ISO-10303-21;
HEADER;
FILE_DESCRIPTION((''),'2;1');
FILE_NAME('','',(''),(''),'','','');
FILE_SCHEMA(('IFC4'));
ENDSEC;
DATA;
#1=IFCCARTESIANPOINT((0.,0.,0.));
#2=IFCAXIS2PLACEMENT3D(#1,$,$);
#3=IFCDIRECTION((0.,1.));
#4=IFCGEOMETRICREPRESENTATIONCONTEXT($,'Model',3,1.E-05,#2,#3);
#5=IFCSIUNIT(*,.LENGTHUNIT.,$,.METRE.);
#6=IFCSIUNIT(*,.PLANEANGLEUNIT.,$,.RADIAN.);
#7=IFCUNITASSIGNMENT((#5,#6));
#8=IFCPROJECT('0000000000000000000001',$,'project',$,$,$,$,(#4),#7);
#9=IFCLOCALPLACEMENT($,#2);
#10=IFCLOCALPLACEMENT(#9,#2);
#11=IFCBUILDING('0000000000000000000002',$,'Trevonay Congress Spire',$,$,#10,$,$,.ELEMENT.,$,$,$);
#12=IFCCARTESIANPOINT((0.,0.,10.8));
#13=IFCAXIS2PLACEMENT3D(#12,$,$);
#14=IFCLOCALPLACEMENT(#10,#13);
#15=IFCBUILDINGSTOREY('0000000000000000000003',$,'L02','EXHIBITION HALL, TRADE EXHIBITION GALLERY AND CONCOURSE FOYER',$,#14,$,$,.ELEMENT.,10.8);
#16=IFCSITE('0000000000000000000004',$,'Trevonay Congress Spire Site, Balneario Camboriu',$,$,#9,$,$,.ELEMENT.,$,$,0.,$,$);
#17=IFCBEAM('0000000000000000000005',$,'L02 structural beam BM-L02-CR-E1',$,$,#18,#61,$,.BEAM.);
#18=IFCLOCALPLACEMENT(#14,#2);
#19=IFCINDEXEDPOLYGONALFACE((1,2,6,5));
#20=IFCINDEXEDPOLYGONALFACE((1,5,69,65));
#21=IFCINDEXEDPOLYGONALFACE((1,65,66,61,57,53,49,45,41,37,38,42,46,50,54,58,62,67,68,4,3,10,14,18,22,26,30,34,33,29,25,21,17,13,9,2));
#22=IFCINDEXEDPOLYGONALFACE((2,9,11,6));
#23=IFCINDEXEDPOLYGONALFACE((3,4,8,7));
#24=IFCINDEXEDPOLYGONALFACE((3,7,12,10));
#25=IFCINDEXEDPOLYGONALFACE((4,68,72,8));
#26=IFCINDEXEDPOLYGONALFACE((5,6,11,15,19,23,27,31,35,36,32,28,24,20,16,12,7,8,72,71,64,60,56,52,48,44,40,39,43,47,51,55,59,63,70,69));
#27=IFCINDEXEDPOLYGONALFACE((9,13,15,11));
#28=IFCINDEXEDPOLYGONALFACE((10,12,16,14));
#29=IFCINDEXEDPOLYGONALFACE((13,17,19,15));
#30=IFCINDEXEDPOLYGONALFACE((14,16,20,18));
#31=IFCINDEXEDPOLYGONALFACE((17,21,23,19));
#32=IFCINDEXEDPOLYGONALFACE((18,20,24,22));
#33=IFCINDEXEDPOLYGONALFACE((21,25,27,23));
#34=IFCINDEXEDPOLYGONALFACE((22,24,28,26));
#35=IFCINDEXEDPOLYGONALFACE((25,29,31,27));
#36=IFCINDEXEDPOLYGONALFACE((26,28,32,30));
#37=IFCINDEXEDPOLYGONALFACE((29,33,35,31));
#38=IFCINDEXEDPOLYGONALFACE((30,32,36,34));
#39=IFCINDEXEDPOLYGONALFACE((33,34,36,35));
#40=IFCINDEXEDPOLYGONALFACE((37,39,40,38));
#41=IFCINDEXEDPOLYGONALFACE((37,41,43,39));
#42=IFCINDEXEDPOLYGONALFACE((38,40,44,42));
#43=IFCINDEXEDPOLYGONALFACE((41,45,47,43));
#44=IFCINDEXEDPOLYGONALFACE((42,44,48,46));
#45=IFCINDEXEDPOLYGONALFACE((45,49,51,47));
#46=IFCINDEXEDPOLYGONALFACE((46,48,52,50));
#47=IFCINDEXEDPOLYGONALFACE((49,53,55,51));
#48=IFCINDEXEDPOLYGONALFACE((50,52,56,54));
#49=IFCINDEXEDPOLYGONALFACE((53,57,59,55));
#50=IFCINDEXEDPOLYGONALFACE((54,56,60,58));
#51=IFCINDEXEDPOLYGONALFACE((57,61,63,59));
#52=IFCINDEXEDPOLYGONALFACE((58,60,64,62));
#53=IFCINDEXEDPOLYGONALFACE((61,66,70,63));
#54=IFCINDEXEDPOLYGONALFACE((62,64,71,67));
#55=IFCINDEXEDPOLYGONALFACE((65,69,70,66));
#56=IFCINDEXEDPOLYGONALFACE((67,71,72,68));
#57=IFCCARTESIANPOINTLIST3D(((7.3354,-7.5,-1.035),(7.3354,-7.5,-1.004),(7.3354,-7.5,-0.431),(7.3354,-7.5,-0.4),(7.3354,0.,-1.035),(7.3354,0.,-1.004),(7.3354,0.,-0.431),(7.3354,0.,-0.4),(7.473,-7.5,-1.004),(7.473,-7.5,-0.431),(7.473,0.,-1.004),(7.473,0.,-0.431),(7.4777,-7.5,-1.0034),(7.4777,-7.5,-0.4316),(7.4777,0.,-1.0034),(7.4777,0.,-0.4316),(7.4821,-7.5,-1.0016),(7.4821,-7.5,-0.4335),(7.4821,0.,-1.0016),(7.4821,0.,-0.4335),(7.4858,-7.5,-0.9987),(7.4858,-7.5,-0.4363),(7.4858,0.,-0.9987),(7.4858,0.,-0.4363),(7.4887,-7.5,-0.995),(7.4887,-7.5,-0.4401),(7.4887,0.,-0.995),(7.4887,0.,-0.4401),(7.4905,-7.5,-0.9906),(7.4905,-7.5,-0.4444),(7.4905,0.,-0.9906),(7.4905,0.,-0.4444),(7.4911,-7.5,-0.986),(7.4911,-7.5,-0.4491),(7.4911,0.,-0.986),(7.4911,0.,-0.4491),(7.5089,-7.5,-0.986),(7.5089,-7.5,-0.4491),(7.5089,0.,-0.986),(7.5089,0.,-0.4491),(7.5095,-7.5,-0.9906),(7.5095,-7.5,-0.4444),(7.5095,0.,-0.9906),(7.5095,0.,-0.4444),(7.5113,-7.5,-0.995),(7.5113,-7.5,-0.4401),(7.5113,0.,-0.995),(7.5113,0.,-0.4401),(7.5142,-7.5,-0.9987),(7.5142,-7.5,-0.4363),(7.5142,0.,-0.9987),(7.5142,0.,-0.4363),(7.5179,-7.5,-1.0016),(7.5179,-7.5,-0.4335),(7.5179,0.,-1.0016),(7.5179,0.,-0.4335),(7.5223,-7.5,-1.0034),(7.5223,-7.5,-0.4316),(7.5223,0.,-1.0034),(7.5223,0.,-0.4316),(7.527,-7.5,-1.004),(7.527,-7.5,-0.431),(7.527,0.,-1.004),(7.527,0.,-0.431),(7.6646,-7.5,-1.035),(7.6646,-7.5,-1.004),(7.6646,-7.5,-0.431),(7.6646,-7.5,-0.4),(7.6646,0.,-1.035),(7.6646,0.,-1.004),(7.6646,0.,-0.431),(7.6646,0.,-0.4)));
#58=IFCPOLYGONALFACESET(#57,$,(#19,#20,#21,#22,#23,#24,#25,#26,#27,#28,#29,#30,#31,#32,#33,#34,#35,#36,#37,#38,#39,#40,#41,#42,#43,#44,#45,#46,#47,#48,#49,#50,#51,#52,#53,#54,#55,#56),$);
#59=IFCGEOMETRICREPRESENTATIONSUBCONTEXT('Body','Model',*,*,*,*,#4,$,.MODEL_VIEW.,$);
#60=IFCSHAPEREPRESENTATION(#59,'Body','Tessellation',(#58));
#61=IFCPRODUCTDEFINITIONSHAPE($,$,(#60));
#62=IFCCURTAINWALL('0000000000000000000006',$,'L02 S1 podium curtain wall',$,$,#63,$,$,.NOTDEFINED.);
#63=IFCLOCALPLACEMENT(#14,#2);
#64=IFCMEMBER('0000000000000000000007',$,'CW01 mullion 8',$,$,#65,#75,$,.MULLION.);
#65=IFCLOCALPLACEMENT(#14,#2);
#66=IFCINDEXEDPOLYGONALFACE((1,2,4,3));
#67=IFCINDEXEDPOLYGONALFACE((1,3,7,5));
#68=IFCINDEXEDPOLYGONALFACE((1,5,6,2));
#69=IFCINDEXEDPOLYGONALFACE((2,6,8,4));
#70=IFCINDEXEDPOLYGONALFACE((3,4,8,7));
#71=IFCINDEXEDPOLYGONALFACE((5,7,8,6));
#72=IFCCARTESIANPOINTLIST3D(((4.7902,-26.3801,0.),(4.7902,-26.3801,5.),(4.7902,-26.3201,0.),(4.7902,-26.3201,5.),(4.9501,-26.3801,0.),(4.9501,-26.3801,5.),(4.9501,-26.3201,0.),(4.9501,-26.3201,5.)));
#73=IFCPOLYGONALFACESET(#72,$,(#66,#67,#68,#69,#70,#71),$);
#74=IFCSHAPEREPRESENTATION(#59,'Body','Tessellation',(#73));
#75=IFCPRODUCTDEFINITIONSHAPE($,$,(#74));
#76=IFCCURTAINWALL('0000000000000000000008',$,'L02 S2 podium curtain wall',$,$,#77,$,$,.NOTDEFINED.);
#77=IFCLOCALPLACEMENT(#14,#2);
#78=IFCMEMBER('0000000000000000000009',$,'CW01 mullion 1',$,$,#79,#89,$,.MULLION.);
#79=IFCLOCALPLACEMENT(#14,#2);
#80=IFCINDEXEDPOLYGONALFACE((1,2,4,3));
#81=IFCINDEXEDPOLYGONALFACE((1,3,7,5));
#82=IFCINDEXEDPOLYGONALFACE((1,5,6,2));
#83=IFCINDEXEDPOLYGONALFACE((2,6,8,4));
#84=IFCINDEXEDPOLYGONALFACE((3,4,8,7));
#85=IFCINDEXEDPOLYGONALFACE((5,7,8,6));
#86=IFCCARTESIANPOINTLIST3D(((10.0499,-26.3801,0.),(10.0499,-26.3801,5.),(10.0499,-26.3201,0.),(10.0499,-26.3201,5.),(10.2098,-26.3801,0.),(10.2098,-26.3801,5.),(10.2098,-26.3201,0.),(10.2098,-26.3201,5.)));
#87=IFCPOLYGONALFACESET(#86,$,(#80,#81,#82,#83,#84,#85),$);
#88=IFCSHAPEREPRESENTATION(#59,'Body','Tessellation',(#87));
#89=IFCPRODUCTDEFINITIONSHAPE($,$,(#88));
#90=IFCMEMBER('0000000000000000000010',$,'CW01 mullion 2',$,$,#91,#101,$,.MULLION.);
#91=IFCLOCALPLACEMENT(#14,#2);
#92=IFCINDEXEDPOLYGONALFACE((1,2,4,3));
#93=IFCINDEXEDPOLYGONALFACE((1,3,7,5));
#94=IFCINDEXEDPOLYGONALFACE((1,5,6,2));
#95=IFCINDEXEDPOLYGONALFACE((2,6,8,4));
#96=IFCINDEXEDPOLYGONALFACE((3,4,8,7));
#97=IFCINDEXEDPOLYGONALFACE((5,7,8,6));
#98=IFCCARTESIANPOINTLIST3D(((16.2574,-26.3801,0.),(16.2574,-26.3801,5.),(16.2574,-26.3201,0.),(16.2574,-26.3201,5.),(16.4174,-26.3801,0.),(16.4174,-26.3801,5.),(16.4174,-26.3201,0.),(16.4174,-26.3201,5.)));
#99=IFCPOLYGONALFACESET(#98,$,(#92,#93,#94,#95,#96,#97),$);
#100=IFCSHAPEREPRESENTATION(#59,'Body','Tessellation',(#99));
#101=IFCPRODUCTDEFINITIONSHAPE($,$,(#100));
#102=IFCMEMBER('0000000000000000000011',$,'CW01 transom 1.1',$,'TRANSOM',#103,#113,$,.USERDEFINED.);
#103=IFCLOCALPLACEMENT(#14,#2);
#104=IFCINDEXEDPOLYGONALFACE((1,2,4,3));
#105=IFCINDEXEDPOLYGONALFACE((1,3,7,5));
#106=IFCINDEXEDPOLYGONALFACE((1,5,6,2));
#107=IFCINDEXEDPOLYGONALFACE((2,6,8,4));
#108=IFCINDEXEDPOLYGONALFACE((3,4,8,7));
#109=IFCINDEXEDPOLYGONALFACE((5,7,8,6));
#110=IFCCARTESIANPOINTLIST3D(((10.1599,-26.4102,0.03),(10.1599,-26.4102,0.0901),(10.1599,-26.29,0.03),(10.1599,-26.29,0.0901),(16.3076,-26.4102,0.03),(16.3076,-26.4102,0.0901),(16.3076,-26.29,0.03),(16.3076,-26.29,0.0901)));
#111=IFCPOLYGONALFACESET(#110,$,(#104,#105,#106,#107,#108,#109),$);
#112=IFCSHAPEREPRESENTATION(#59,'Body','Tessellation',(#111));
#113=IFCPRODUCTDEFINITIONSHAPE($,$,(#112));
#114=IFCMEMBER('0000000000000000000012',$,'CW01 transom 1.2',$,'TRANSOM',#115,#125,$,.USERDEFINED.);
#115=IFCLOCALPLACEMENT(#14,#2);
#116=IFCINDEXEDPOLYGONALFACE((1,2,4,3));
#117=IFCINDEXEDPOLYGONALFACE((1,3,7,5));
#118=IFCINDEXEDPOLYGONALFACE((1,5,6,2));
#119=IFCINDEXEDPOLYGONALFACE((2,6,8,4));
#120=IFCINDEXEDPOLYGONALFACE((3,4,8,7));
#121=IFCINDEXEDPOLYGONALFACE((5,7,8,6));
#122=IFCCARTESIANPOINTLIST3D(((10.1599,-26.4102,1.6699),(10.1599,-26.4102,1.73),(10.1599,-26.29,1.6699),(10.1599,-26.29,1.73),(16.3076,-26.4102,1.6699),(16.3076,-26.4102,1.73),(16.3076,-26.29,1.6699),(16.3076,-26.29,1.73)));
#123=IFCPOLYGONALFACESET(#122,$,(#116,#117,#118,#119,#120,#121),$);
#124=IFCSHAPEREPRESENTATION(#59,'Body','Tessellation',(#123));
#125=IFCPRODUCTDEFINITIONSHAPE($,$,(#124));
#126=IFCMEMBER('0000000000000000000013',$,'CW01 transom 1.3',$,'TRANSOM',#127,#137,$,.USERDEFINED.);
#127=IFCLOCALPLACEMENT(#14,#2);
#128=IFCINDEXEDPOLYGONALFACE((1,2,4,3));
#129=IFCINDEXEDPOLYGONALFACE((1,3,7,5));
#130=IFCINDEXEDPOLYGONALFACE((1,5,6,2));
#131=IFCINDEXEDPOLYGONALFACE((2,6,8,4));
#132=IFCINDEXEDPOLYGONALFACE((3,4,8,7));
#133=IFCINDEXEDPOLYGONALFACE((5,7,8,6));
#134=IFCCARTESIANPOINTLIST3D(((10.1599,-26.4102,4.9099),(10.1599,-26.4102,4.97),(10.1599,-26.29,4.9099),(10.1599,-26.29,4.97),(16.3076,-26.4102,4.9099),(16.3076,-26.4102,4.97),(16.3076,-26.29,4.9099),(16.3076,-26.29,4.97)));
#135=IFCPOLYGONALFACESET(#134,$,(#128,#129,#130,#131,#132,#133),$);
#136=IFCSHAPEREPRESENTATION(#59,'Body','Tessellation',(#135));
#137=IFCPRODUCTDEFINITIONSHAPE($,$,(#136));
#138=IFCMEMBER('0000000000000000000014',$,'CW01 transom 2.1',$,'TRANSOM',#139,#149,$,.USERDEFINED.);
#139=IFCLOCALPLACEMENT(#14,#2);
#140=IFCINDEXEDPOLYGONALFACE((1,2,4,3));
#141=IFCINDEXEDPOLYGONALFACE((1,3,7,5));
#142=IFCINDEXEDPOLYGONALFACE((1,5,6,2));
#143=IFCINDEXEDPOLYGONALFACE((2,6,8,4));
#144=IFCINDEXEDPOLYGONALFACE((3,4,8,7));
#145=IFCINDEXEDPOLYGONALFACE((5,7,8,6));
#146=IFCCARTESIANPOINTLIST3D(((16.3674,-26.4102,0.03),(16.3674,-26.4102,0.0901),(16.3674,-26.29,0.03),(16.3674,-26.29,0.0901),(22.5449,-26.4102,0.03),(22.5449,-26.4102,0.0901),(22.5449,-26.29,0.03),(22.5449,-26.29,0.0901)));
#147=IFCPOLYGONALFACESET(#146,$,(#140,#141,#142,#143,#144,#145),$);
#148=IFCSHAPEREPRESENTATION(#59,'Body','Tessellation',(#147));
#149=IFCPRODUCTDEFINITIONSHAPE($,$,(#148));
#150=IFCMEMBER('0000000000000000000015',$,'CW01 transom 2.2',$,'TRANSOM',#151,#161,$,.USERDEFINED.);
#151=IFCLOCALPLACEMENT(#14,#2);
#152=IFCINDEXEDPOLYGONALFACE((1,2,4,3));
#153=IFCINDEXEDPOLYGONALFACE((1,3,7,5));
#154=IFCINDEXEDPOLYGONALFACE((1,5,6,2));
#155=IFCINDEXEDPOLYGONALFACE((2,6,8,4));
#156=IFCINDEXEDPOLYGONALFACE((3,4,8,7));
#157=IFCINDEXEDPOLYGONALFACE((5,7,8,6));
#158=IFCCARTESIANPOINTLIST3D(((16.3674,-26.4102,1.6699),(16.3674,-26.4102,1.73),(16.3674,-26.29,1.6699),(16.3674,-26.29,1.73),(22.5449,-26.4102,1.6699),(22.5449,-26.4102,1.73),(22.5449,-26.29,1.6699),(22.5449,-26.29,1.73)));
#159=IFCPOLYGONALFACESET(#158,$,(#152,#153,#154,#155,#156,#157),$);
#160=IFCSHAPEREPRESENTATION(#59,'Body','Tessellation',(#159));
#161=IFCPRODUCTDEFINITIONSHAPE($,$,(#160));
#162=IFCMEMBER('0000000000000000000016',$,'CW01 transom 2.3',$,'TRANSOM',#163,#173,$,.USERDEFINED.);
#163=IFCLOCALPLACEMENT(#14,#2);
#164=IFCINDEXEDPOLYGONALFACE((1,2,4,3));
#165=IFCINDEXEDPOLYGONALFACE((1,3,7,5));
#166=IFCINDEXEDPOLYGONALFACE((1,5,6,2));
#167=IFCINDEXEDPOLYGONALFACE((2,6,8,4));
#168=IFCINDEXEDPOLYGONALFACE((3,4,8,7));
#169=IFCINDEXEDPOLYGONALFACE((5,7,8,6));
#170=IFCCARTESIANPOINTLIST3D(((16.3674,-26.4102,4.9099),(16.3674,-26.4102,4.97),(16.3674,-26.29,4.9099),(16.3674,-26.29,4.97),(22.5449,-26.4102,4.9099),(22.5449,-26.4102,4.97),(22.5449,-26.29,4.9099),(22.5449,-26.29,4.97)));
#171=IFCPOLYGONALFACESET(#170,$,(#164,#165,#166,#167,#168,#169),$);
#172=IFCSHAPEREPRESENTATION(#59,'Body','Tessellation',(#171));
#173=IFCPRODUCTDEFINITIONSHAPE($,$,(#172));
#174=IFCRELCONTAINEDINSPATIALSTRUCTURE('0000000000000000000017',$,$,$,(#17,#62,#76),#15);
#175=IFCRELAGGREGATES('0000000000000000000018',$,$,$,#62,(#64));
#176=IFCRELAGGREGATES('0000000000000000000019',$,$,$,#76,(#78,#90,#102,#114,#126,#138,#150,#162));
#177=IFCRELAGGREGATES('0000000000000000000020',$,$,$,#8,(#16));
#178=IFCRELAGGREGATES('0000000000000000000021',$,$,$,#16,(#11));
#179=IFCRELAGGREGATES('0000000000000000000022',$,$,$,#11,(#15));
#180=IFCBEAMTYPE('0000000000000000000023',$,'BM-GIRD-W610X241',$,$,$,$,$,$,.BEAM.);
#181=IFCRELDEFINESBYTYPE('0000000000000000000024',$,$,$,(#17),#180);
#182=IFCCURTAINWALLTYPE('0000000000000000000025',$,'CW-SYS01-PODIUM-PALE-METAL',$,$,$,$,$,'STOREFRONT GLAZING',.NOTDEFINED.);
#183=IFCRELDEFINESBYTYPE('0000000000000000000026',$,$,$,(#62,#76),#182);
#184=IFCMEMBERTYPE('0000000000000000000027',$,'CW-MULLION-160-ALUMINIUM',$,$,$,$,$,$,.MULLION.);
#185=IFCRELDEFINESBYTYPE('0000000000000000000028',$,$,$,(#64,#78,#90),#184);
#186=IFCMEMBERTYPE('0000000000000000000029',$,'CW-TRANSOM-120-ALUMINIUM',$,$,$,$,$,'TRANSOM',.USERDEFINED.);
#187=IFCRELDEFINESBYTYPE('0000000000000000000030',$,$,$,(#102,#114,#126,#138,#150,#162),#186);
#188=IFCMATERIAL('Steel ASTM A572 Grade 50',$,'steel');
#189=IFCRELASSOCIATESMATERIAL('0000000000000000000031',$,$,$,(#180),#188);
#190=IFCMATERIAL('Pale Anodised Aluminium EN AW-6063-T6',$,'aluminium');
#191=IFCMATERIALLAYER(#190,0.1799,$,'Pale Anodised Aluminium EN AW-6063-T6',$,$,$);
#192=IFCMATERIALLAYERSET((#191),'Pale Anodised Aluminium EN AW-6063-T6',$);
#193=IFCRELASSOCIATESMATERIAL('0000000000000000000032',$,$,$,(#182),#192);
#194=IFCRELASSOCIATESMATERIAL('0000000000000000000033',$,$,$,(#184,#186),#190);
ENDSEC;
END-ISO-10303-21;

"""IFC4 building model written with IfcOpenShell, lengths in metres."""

from ifc_helpers import new_model, si_unit, direction, frame, origin, origin_2d, place, context, subcontext, project, spatial, rectangle, i_section, extrude, material, layer, layer_set, material_profile, profile_set, type_object, element, aggregate, save


model = new_model("IFC4")

# Units and contexts
model_context = context("Model", 3, precision=1e-05, world=origin(), true_north=direction((0.0, 1.0)))
body_context = subcontext(model_context, "Body", "Model", "MODEL_VIEW")
ifc_project = project(units=[si_unit("LENGTHUNIT", "METRE"), si_unit("PLANEANGLEUNIT", "RADIAN")], contexts=[model_context])

# Site, building, storey
site_placement = place(None, origin())
site = spatial("IfcSite", under=ifc_project, at=site_placement, Name="Trevonay Congress Spire Site, Balneario Camboriu", CompositionType="ELEMENT", RefElevation=0.0)
building_placement = place(site_placement, origin())
building = spatial("IfcBuilding", under=site, at=building_placement, Name="Trevonay Congress Spire", CompositionType="ELEMENT")
storey_placement = place(building_placement, frame((0.0, 0.0, 10.8)))
storey = spatial("IfcBuildingStorey", under=building, at=storey_placement, Name="L02", Description="EXHIBITION HALL, TRADE EXHIBITION GALLERY AND CONCOURSE FOYER", CompositionType="ELEMENT", Elevation=10.8)

# Shared definitions
ifc_material_1 = material(Name="Steel ASTM A572 Grade 50", Category="steel")

# Beam
ifc_material_profile_1 = material_profile(ifc_material_1, i_section(OverallWidth=0.3291, OverallDepth=0.635, WebThickness=0.0178, FlangeThickness=0.031, FilletRadius=0.0181, at=origin_2d()), Name="W610x241")
ifc_profile_set_1 = profile_set([ifc_material_profile_1], Name="Steel ASTM A572 Grade 50")
beam_type_1 = type_object("IfcBeamType", Name="BM-GIRD-W610X241", PredefinedType="BEAM", material=ifc_profile_set_1)
beam_1_placement = place(storey_placement, frame((7.5, -7.5, -0.7175), z_axis=(0.0, 1.0, 0.0), x_axis=(-1.0, 0.0, 0.0)))
element("IfcBeam", 1, at=beam_1_placement, inside=storey, type_object=beam_type_1, Name="L02 structural beam BM-L02-CR-E1", PredefinedType="BEAM", context=body_context, shape_type="SweptSolid", body=[
    extrude(i_section(OverallWidth=0.3291, OverallDepth=0.635, WebThickness=0.0178, FlangeThickness=0.031, FilletRadius=0.0181, at=origin_2d()), origin(), (0.0, 0.0, 1.0), 7.5),
])

# Curtain wall, member
ifc_material_2 = material(Name="Pale Anodised Aluminium EN AW-6063-T6", Category="aluminium")
ifc_layer_1 = layer(ifc_material_2, 0.1799, Name="Pale Anodised Aluminium EN AW-6063-T6")
ifc_layer_set_1 = layer_set([ifc_layer_1], Name="Pale Anodised Aluminium EN AW-6063-T6")
curtain_wall_type = type_object("IfcCurtainWallType", Name="CW-SYS01-PODIUM-PALE-METAL", ElementType="STOREFRONT GLAZING", PredefinedType="NOTDEFINED", material=ifc_layer_set_1)
curtain_wall_1_placement = place(storey_placement, origin())
curtain_wall_1 = element("IfcCurtainWall", 2, at=curtain_wall_1_placement, inside=storey, type_object=curtain_wall_type, Name="L02 S1 podium curtain wall", PredefinedType="NOTDEFINED")
ifc_material_profile_2 = material_profile(ifc_material_2, rectangle(XDim=0.0601, YDim=0.1599, at=origin_2d()), Name="CW-MULLION-160-ALUMINIUM")
ifc_profile_set_2 = profile_set([ifc_material_profile_2], Name="Pale Anodised Aluminium EN AW-6063-T6")
member_type_1 = type_object("IfcMemberType", Name="CW-MULLION-160-ALUMINIUM", PredefinedType="MULLION", material=ifc_profile_set_2)
member_1_placement = place(storey_placement, frame((4.8701, -26.3501, 0.0), z_axis=(0.0, 0.0, 1.0), x_axis=(0.0, 1.0, 0.0)))
member_1 = element("IfcMember", 3, at=member_1_placement, type_object=member_type_1, Name="CW01 mullion 8", PredefinedType="MULLION", context=body_context, shape_type="SweptSolid", body=[
    extrude(rectangle(XDim=0.0601, YDim=0.1599, at=origin_2d()), origin(), (0.0, 0.0, 1.0), 5.0),
])

# Curtain wall, members
curtain_wall_2_placement = place(storey_placement, origin())
curtain_wall_2 = element("IfcCurtainWall", 4, at=curtain_wall_2_placement, inside=storey, type_object=curtain_wall_type, Name="L02 S2 podium curtain wall", PredefinedType="NOTDEFINED")
member_2_placement = place(storey_placement, frame((10.1299, -26.3501, 0.0), z_axis=(0.0, 0.0, 1.0), x_axis=(0.0, 1.0, 0.0)))
member_2 = element("IfcMember", 5, at=member_2_placement, type_object=member_type_1, Name="CW01 mullion 1", PredefinedType="MULLION", context=body_context, shape_type="SweptSolid", body=[
    extrude(rectangle(XDim=0.0601, YDim=0.1599, at=origin_2d()), origin(), (0.0, 0.0, 1.0), 5.0),
])
member_3_placement = place(storey_placement, frame((16.3374, -26.3501, 0.0), z_axis=(0.0, 0.0, 1.0), x_axis=(0.0, 1.0, 0.0)))
member_3 = element("IfcMember", 6, at=member_3_placement, type_object=member_type_1, Name="CW01 mullion 2", PredefinedType="MULLION", context=body_context, shape_type="SweptSolid", body=[
    extrude(rectangle(XDim=0.0601, YDim=0.1599, at=origin_2d()), origin(), (0.0, 0.0, 1.0), 5.0),
])
ifc_material_profile_3 = material_profile(ifc_material_2, rectangle(XDim=0.1201, YDim=0.0601, at=origin_2d()), Name="CW-TRANSOM-120-ALUMINIUM")
ifc_profile_set_3 = profile_set([ifc_material_profile_3], Name="Pale Anodised Aluminium EN AW-6063-T6")
member_type_2 = type_object("IfcMemberType", Name="CW-TRANSOM-120-ALUMINIUM", ElementType="TRANSOM", PredefinedType="USERDEFINED", material=ifc_profile_set_3)
member_4_placement = place(storey_placement, frame((10.1599, -26.3501, 0.0601), z_axis=(1.0, 0.0, 0.0), x_axis=(0.0, 1.0, 0.0)))
member_4 = element("IfcMember", 7, at=member_4_placement, type_object=member_type_2, Name="CW01 transom 1.1", ObjectType="TRANSOM", PredefinedType="USERDEFINED", context=body_context, shape_type="SweptSolid", body=[
    extrude(rectangle(XDim=0.1201, YDim=0.0601, at=origin_2d()), origin(), (0.0, 0.0, 1.0), 6.1477),
])
member_5_placement = place(storey_placement, frame((10.1599, -26.3501, 1.7), z_axis=(1.0, 0.0, 0.0), x_axis=(0.0, 1.0, 0.0)))
member_5 = element("IfcMember", 8, at=member_5_placement, type_object=member_type_2, Name="CW01 transom 1.2", ObjectType="TRANSOM", PredefinedType="USERDEFINED", context=body_context, shape_type="SweptSolid", body=[
    extrude(rectangle(XDim=0.1201, YDim=0.0601, at=origin_2d()), origin(), (0.0, 0.0, 1.0), 6.1477),
])
member_6_placement = place(storey_placement, frame((10.1599, -26.3501, 4.9399), z_axis=(1.0, 0.0, 0.0), x_axis=(0.0, 1.0, 0.0)))
member_6 = element("IfcMember", 9, at=member_6_placement, type_object=member_type_2, Name="CW01 transom 1.3", ObjectType="TRANSOM", PredefinedType="USERDEFINED", context=body_context, shape_type="SweptSolid", body=[
    extrude(rectangle(XDim=0.1201, YDim=0.0601, at=origin_2d()), origin(), (0.0, 0.0, 1.0), 6.1477),
])
member_7_placement = place(storey_placement, frame((16.3674, -26.3501, 0.0601), z_axis=(1.0, 0.0, 0.0), x_axis=(0.0, 1.0, 0.0)))
member_7 = element("IfcMember", 10, at=member_7_placement, type_object=member_type_2, Name="CW01 transom 2.1", ObjectType="TRANSOM", PredefinedType="USERDEFINED", context=body_context, shape_type="SweptSolid", body=[
    extrude(rectangle(XDim=0.1201, YDim=0.0601, at=origin_2d()), origin(), (0.0, 0.0, 1.0), 6.1775),
])
member_8_placement = place(storey_placement, frame((16.3674, -26.3501, 1.7), z_axis=(1.0, 0.0, 0.0), x_axis=(0.0, 1.0, 0.0)))
member_8 = element("IfcMember", 11, at=member_8_placement, type_object=member_type_2, Name="CW01 transom 2.2", ObjectType="TRANSOM", PredefinedType="USERDEFINED", context=body_context, shape_type="SweptSolid", body=[
    extrude(rectangle(XDim=0.1201, YDim=0.0601, at=origin_2d()), origin(), (0.0, 0.0, 1.0), 6.1775),
])
member_9_placement = place(storey_placement, frame((16.3674, -26.3501, 4.9399), z_axis=(1.0, 0.0, 0.0), x_axis=(0.0, 1.0, 0.0)))
member_9 = element("IfcMember", 12, at=member_9_placement, type_object=member_type_2, Name="CW01 transom 2.3", ObjectType="TRANSOM", PredefinedType="USERDEFINED", context=body_context, shape_type="SweptSolid", body=[
    extrude(rectangle(XDim=0.1201, YDim=0.0601, at=origin_2d()), origin(), (0.0, 0.0, 1.0), 6.1775),
])

aggregate(curtain_wall_1, [member_1])
aggregate(curtain_wall_2, [member_2, member_3, member_4, member_5, member_6, member_7, member_8, member_9])

save(model, "model.ifc")
